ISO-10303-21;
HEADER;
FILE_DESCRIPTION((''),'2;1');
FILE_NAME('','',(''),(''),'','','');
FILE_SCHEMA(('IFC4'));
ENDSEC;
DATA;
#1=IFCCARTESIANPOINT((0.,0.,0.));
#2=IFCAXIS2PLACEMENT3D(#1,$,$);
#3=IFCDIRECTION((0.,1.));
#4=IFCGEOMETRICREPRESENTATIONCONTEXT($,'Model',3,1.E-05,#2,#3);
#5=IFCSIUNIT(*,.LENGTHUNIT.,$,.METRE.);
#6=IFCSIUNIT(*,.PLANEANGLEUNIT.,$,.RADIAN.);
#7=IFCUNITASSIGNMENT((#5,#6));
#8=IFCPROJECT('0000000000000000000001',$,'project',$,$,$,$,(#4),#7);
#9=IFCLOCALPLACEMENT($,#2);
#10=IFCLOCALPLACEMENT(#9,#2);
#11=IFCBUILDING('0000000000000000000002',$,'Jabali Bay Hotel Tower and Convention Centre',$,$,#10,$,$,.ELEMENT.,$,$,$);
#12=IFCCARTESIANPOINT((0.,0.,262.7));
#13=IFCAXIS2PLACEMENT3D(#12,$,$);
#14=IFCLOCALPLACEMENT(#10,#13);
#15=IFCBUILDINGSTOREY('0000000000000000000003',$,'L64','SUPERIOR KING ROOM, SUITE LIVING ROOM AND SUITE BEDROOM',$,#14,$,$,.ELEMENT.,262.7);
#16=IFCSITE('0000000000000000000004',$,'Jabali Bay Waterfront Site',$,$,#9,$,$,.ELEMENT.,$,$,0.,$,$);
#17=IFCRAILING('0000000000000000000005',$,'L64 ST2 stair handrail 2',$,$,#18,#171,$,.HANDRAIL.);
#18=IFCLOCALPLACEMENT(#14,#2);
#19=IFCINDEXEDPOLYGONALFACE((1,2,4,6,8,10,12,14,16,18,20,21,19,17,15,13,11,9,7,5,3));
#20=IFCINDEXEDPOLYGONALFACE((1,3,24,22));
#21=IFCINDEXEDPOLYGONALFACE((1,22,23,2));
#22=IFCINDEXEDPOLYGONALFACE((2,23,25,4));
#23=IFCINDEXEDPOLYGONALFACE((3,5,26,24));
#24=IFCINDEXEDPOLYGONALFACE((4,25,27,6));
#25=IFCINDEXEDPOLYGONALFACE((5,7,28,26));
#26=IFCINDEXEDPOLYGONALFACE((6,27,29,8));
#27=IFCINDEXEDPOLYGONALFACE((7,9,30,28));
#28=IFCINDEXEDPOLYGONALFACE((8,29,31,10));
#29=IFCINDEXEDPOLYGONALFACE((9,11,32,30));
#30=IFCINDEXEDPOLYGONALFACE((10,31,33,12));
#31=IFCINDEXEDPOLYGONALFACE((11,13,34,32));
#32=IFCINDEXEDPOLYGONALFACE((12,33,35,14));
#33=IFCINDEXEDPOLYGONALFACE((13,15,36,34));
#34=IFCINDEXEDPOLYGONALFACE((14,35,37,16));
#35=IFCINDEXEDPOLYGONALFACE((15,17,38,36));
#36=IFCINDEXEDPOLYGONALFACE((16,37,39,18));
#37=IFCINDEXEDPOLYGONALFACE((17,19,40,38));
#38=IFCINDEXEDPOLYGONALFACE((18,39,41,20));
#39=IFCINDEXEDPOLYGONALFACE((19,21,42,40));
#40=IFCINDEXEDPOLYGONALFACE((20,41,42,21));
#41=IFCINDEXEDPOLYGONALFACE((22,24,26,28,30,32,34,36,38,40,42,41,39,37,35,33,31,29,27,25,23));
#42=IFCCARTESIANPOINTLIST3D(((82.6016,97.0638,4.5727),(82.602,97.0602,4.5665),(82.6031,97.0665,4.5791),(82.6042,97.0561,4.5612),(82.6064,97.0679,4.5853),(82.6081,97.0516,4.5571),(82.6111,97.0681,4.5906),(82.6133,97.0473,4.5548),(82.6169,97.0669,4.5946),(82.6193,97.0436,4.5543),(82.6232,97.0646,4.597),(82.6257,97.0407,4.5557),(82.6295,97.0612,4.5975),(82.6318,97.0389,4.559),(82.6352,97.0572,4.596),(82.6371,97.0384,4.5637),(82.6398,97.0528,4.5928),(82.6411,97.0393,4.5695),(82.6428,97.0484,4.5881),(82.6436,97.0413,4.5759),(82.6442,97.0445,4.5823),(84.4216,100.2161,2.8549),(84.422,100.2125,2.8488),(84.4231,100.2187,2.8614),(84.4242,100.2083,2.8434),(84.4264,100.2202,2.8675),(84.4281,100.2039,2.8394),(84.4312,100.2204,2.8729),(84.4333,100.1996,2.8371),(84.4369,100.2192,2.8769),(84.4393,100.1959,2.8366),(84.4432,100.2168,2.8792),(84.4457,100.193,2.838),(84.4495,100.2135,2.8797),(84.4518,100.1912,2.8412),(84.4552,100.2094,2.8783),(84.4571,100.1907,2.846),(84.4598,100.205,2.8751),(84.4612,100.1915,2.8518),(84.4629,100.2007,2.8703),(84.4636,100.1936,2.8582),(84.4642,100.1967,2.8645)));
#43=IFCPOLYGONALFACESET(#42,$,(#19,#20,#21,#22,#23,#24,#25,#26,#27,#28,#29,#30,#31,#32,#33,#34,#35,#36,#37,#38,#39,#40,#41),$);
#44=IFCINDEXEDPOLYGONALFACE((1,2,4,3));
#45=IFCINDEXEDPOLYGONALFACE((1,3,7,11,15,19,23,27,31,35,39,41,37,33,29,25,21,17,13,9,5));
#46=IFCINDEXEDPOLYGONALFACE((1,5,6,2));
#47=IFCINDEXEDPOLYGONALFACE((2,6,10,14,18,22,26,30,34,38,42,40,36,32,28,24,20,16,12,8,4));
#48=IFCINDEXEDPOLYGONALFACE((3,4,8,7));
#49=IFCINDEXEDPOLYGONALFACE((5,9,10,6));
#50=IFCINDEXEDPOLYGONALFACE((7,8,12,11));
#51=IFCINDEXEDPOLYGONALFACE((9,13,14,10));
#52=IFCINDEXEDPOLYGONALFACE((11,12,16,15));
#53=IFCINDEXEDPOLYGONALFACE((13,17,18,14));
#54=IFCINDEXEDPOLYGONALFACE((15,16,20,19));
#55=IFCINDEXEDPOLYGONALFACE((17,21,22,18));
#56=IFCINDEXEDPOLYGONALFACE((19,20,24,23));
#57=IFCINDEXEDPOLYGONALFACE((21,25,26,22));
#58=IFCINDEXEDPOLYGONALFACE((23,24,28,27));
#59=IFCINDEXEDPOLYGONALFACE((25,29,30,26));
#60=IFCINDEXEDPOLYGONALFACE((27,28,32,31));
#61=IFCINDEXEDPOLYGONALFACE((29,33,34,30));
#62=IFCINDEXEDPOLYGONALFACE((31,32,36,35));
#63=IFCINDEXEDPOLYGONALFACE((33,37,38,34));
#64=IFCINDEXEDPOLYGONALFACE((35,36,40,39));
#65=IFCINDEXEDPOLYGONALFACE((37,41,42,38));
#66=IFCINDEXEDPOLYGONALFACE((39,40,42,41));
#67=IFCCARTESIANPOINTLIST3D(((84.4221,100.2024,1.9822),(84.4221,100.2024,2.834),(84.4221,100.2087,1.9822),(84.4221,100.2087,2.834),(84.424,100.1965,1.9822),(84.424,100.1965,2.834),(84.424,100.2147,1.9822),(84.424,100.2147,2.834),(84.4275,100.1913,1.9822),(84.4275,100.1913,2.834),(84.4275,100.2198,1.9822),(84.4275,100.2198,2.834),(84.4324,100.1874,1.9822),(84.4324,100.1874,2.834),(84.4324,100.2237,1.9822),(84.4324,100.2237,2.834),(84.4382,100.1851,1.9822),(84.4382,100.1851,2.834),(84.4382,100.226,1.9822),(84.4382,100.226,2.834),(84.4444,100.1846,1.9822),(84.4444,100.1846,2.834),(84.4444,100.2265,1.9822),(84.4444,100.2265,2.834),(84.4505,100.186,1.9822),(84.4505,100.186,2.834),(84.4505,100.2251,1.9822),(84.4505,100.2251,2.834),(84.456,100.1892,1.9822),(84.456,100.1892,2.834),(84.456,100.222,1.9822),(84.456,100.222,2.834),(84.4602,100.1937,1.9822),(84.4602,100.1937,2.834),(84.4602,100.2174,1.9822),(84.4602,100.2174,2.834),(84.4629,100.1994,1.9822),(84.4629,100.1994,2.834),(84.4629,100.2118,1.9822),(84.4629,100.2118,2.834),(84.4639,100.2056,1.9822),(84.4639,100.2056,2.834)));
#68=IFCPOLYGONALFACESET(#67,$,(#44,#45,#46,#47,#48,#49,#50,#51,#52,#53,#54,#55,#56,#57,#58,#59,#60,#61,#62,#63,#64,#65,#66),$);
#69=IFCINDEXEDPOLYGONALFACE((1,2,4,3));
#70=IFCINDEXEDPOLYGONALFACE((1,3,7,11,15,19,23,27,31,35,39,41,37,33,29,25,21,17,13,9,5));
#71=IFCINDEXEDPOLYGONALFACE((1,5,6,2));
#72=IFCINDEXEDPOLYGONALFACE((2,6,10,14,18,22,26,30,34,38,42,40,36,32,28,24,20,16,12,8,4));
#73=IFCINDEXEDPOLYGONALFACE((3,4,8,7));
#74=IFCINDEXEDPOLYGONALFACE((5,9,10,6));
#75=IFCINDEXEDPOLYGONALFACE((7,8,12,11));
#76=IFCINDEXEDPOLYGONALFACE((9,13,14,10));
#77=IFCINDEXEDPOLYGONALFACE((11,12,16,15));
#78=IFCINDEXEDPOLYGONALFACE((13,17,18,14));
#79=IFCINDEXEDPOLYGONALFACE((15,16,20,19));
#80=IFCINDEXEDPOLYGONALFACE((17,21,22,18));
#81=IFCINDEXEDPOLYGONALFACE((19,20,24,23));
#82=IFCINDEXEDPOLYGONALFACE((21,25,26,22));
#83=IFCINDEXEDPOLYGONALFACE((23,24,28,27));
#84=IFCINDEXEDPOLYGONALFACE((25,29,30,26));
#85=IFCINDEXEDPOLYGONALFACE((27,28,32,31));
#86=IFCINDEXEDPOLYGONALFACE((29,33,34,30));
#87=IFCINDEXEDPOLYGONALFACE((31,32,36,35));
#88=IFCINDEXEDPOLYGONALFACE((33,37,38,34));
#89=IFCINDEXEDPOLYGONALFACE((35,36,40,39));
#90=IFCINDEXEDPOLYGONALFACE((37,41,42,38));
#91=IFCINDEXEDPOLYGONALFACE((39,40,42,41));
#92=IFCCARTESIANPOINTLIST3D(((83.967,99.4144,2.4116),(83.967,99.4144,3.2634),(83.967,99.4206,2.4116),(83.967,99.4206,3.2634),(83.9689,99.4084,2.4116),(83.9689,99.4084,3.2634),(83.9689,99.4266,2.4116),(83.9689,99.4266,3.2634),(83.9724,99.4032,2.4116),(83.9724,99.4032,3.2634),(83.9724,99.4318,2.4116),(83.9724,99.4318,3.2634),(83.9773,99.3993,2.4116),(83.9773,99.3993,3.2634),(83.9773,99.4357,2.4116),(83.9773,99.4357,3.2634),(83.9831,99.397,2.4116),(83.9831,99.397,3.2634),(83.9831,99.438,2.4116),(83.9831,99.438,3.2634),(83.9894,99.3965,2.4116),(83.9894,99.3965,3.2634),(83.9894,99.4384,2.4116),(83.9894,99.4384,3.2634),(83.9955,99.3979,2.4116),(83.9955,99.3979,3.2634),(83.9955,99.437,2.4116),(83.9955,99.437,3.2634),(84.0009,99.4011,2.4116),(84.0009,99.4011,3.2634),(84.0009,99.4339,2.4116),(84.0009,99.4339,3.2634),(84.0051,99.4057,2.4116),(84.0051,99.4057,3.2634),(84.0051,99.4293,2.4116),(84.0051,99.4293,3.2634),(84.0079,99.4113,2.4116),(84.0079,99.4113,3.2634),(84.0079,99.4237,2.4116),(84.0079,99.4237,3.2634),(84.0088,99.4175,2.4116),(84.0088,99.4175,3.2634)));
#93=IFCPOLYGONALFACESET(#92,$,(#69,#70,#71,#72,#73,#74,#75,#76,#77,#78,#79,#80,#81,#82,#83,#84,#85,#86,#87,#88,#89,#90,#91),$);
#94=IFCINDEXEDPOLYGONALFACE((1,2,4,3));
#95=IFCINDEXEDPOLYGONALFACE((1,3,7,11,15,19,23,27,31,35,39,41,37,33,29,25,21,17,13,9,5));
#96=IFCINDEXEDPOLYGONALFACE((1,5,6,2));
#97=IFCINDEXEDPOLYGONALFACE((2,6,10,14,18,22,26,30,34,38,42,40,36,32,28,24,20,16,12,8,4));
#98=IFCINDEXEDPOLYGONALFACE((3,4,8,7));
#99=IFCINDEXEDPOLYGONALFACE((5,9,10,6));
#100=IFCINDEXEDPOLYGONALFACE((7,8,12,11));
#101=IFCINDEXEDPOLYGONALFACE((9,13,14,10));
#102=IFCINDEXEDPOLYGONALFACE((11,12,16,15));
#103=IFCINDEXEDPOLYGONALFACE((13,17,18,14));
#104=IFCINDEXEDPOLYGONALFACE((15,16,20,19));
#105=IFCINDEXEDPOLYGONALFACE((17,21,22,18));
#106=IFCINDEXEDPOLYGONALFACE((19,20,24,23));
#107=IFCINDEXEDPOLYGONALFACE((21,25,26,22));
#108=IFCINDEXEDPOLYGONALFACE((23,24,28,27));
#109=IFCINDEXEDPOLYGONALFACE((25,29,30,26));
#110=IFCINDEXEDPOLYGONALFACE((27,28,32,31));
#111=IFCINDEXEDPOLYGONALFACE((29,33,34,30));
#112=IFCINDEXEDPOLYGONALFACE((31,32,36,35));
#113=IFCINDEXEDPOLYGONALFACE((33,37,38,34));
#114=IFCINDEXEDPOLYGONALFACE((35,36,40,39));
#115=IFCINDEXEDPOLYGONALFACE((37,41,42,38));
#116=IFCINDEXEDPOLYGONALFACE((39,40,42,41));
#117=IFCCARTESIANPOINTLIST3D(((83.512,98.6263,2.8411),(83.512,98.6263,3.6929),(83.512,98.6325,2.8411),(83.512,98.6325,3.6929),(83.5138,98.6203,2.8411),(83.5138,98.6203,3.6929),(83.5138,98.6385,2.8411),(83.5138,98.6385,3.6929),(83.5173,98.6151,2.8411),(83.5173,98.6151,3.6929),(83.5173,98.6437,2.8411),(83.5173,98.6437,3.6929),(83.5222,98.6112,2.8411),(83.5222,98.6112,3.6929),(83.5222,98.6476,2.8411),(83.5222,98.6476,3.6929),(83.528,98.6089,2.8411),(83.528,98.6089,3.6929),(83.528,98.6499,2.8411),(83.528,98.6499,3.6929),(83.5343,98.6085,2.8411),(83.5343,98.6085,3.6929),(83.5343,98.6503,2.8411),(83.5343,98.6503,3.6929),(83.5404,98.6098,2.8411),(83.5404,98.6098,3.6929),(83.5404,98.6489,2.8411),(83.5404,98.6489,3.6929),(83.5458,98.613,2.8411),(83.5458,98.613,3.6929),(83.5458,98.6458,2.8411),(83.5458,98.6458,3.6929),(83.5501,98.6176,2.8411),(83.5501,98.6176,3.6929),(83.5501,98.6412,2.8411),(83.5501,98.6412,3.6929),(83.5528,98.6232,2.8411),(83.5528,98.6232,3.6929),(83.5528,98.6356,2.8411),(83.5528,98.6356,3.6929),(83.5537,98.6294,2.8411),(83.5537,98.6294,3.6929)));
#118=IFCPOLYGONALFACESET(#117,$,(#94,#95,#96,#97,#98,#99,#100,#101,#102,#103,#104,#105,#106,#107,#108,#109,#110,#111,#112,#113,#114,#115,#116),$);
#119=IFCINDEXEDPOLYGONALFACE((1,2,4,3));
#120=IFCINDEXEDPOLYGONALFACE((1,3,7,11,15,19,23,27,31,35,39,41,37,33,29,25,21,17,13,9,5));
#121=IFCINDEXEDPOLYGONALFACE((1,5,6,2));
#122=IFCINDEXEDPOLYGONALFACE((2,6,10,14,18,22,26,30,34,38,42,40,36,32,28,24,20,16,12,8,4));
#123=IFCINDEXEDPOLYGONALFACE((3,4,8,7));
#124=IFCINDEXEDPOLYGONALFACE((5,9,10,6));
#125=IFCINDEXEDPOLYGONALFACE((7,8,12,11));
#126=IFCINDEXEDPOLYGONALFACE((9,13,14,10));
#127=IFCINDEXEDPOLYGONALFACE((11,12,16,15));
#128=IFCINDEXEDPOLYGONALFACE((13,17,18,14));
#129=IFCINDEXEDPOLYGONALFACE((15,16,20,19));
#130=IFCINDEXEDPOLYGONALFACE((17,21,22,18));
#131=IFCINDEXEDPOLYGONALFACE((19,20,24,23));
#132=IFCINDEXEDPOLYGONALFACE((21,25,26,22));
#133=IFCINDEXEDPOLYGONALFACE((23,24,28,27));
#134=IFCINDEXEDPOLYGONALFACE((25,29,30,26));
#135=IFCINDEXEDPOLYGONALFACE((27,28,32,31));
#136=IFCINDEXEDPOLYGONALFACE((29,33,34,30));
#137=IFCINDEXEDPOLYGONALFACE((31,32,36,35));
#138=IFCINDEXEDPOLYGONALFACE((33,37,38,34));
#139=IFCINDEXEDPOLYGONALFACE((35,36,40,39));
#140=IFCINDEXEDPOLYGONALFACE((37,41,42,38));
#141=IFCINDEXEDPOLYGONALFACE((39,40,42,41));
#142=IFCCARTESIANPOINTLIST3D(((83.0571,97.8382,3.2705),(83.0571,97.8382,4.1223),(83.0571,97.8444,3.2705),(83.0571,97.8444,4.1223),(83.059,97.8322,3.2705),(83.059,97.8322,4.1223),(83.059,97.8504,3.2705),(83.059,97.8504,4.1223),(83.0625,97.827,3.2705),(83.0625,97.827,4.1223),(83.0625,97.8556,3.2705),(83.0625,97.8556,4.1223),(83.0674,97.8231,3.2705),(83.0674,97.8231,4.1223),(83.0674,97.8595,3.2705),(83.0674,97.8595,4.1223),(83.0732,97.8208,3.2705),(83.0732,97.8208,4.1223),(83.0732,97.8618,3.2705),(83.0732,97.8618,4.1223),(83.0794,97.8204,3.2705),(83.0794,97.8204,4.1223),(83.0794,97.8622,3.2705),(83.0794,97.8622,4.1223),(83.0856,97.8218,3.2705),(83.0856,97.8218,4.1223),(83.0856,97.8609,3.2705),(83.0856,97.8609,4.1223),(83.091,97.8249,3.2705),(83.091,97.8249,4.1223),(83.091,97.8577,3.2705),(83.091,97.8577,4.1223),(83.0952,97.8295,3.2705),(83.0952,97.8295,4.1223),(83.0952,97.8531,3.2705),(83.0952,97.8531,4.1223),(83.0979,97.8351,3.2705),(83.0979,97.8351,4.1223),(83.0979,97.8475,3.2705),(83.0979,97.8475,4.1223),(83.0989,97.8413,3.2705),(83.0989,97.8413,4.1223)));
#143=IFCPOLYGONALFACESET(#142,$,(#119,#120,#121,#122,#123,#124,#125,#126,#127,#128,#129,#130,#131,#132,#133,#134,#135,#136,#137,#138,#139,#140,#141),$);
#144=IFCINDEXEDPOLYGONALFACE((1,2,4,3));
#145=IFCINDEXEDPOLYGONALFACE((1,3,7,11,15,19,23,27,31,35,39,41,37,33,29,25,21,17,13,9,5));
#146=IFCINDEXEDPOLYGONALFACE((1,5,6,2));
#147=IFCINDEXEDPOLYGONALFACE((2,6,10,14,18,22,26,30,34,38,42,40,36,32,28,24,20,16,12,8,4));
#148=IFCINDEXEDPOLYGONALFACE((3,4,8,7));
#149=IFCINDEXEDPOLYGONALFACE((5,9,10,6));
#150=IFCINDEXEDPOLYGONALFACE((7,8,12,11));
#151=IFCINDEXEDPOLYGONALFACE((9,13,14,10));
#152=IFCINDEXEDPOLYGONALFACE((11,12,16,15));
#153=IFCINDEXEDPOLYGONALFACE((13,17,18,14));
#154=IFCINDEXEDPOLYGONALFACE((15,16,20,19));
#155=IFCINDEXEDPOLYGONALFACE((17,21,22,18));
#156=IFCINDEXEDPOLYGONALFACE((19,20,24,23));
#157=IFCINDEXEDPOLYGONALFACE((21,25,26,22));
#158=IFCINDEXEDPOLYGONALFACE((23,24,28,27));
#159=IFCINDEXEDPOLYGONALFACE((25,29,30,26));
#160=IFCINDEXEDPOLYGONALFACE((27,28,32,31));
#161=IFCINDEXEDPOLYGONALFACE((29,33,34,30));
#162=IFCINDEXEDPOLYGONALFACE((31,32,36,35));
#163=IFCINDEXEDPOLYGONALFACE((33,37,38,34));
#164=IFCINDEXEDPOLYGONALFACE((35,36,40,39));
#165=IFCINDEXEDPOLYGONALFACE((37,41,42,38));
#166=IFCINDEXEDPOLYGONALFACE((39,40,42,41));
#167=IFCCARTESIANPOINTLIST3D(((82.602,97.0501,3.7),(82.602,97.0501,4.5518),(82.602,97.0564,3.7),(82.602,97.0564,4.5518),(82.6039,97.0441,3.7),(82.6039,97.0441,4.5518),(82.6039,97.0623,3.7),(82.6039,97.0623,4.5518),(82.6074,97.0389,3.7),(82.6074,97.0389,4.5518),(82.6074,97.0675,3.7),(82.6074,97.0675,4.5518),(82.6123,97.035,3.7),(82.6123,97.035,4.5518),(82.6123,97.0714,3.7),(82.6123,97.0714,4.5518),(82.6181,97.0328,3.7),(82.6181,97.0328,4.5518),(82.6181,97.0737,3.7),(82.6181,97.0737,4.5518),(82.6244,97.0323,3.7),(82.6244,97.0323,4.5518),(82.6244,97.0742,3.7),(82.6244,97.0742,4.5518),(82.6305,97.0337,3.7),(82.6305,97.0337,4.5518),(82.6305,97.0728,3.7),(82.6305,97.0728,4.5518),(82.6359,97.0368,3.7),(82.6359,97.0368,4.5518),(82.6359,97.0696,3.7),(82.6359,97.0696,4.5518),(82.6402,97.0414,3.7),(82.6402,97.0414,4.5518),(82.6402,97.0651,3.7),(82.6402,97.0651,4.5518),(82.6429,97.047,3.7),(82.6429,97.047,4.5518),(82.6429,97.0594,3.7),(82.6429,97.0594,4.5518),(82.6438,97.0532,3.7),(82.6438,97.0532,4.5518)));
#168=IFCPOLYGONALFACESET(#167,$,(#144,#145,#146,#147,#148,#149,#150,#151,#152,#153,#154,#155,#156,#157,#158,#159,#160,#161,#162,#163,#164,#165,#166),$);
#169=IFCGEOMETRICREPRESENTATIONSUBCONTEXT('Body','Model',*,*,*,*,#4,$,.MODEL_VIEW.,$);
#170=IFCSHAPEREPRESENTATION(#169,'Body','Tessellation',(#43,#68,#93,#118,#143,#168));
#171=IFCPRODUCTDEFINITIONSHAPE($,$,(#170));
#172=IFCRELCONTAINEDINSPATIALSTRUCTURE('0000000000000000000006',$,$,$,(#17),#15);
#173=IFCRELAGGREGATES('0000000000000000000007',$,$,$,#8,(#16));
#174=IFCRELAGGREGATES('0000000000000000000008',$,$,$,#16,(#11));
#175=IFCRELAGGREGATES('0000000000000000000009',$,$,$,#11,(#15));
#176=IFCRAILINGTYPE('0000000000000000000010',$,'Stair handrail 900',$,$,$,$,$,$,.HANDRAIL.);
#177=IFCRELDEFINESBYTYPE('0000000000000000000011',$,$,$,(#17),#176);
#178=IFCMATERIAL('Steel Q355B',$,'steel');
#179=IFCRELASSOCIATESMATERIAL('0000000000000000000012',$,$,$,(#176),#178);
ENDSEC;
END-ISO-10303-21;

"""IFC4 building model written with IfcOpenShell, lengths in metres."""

from ifc_helpers import new_model, si_unit, direction, frame, origin, origin_2d, place, context, subcontext, project, spatial, circle, extrude, material, type_object, element, save


model = new_model("IFC4")

# Units and contexts
model_context = context("Model", 3, precision=1e-05, world=origin(), true_north=direction((0.0, 1.0)))
body_context = subcontext(model_context, "Body", "Model", "MODEL_VIEW")
ifc_project = project(units=[si_unit("LENGTHUNIT", "METRE"), si_unit("PLANEANGLEUNIT", "RADIAN")], contexts=[model_context])

# Site, building, storey
site_placement = place(None, origin())
site = spatial("IfcSite", under=ifc_project, at=site_placement, Name="Jabali Bay Waterfront Site", CompositionType="ELEMENT", RefElevation=0.0)
building_placement = place(site_placement, origin())
building = spatial("IfcBuilding", under=site, at=building_placement, Name="Jabali Bay Hotel Tower and Convention Centre", CompositionType="ELEMENT")
storey_placement = place(building_placement, frame((0.0, 0.0, 262.7)))
storey = spatial("IfcBuildingStorey", under=building, at=storey_placement, Name="L64", Description="SUPERIOR KING ROOM, SUITE LIVING ROOM AND SUITE BEDROOM", CompositionType="ELEMENT", Elevation=262.7)

# Railing
ifc_material_1 = material(Name="Steel Q355B", Category="steel")
railing_type = type_object("IfcRailingType", Name="Stair handrail 900", PredefinedType="HANDRAIL", material=ifc_material_1)
railing_placement = place(storey_placement, frame((84.4429, 100.2056, 1.9822)))
element("IfcRailing", 1, at=railing_placement, inside=storey, type_object=railing_type, Name="L64 ST2 stair handrail 2", PredefinedType="HANDRAIL", context=body_context, shape_type="SweptSolid", body=[
    extrude(circle(Radius=0.0239, at=origin_2d()), frame((0.0, 0.0, 0.876), z_axis=(-0.45219, -0.78319, 0.426775), x_axis=(0.866018, -0.500013, 0.0)), (0.0, 0.0, 1.0), 4.0249),
    extrude(circle(Radius=0.021, at=origin_2d()), origin(), (0.0, 0.0, 1.0), 0.8518),
    extrude(circle(Radius=0.021, at=origin_2d()), frame((-0.4551, -0.7881, 0.4294)), (0.0, 0.0, 1.0), 0.8518),
    extrude(circle(Radius=0.021, at=origin_2d()), frame((-0.9102, -1.5762, 0.8589)), (0.0, 0.0, 1.0), 0.8518),
    extrude(circle(Radius=0.021, at=origin_2d()), frame((-1.365, -2.3643, 1.2883)), (0.0, 0.0, 1.0), 0.8518),
    extrude(circle(Radius=0.021, at=origin_2d()), frame((-1.8201, -3.1523, 1.7178)), (0.0, 0.0, 1.0), 0.8518),
])

save(model, "model.ifc")
